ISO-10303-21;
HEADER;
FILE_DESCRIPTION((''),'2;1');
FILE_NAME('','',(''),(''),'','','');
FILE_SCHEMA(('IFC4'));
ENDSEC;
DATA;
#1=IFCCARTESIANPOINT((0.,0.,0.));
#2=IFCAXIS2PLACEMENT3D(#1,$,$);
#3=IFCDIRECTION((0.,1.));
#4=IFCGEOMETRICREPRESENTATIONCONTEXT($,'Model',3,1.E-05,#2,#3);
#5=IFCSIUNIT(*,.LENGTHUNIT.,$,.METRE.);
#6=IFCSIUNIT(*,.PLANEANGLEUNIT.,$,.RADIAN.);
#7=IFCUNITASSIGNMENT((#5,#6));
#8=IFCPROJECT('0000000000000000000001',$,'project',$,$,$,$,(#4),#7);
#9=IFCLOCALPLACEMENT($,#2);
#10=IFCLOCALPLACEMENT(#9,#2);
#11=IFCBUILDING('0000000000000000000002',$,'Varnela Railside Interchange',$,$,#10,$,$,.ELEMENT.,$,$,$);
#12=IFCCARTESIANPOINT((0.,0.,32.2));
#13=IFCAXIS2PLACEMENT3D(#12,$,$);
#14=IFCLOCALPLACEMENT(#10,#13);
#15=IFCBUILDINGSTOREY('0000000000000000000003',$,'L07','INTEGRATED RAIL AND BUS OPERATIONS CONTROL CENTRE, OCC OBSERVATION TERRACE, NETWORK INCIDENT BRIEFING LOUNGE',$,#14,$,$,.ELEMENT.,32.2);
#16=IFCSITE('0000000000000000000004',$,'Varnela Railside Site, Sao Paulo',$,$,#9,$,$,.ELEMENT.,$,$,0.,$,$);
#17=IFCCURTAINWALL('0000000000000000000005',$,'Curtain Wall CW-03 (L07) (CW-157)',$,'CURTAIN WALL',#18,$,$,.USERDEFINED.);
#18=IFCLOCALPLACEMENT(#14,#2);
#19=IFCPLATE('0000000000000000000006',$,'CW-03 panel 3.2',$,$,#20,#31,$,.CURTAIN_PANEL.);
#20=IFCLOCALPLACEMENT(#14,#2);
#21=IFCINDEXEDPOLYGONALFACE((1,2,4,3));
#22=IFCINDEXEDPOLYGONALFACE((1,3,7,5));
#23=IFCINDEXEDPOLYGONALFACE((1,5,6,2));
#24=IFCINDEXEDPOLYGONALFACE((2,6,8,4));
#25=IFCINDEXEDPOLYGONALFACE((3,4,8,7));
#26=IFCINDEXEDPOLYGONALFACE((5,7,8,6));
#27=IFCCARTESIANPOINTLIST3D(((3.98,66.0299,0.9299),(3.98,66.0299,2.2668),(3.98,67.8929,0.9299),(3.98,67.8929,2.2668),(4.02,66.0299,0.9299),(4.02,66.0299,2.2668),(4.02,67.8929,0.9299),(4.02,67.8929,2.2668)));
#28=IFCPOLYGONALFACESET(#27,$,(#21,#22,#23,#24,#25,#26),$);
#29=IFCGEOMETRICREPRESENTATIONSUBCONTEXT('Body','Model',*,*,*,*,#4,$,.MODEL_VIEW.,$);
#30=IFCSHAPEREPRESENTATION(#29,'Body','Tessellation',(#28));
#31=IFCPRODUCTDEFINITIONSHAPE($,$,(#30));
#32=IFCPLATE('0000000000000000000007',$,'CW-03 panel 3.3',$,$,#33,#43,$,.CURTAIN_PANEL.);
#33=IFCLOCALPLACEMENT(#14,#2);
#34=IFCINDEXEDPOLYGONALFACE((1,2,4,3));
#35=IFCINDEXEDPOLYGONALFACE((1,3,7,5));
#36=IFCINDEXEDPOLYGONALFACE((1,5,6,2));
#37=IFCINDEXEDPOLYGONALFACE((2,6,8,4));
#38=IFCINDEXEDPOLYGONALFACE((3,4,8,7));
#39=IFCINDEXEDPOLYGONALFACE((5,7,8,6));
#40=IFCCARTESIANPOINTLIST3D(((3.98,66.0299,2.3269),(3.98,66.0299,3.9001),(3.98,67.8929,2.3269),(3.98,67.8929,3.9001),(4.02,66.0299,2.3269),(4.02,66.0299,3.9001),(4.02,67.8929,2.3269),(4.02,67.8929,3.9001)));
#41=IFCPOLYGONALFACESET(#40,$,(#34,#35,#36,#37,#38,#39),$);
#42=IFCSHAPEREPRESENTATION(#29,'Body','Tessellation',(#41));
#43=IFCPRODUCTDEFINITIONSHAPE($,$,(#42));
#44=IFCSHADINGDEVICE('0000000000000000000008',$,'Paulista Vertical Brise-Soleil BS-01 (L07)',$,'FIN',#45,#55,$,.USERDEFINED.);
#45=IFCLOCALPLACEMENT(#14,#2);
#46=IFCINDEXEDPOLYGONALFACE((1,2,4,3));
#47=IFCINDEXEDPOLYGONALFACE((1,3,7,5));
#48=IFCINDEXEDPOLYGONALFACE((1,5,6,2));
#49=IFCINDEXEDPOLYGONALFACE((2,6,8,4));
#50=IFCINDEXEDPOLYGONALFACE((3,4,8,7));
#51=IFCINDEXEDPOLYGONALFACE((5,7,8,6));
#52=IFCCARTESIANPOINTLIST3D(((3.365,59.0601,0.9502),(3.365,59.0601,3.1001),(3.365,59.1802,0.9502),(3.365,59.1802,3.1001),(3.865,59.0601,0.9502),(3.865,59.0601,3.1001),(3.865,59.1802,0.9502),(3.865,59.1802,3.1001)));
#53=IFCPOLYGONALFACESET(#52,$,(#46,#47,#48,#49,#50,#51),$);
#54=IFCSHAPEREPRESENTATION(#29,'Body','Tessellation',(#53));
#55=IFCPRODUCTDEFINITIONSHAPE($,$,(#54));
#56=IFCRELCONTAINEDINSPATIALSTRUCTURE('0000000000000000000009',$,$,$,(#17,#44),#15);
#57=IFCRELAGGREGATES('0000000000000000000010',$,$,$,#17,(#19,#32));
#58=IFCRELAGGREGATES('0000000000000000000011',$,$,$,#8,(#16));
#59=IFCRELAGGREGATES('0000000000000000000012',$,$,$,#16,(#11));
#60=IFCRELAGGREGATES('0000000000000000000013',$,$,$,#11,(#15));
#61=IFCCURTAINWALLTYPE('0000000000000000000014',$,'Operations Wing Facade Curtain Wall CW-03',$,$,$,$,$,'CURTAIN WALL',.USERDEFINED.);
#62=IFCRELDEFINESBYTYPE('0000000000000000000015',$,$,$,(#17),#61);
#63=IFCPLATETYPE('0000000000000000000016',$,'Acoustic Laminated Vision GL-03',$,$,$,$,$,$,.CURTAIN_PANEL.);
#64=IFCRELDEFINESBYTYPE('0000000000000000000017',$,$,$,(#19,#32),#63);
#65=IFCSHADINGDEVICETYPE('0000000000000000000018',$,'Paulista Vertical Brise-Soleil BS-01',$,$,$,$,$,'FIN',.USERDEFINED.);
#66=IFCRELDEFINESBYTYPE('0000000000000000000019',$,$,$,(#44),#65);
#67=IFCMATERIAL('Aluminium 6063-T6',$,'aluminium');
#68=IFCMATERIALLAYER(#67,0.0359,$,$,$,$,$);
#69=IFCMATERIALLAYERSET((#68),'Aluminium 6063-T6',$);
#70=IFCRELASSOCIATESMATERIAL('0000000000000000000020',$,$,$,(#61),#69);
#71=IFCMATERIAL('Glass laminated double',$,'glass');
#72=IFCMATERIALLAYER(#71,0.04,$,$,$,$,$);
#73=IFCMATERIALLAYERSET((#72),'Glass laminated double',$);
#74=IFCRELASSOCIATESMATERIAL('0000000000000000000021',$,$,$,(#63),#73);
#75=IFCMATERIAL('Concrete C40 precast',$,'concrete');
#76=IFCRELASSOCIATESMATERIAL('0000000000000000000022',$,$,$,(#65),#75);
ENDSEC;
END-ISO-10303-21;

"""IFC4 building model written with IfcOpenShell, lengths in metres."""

from ifc_helpers import new_model, si_unit, direction, frame, origin, origin_2d, place, context, subcontext, project, spatial, rectangle, extrude, material, layer, layer_set, type_object, element, aggregate, save


model = new_model("IFC4")

# Units and contexts
model_context = context("Model", 3, precision=1e-05, world=origin(), true_north=direction((0.0, 1.0)))
body_context = subcontext(model_context, "Body", "Model", "MODEL_VIEW")
ifc_project = project(units=[si_unit("LENGTHUNIT", "METRE"), si_unit("PLANEANGLEUNIT", "RADIAN")], contexts=[model_context])

# Site, building, storey
site_placement = place(None, origin())
site = spatial("IfcSite", under=ifc_project, at=site_placement, Name="Varnela Railside Site, Sao Paulo", CompositionType="ELEMENT", RefElevation=0.0)
building_placement = place(site_placement, origin())
building = spatial("IfcBuilding", under=site, at=building_placement, Name="Varnela Railside Interchange", CompositionType="ELEMENT")
storey_placement = place(building_placement, frame((0.0, 0.0, 32.2)))
storey = spatial("IfcBuildingStorey", under=building, at=storey_placement, Name="L07", Description="INTEGRATED RAIL AND BUS OPERATIONS CONTROL CENTRE, OCC OBSERVATION TERRACE, NETWORK INCIDENT BRIEFING LOUNGE", CompositionType="ELEMENT", Elevation=32.2)

# Curtain wall
ifc_material_1 = material(Name="Aluminium 6063-T6", Category="aluminium")
ifc_layer_1 = layer(ifc_material_1, 0.0359)
ifc_layer_set_1 = layer_set([ifc_layer_1], Name="Aluminium 6063-T6")
curtain_wall_type = type_object("IfcCurtainWallType", Name="Operations Wing Facade Curtain Wall CW-03", ElementType="CURTAIN WALL", PredefinedType="USERDEFINED", material=ifc_layer_set_1)
curtain_wall_placement = place(storey_placement, origin())
curtain_wall = element("IfcCurtainWall", 1, at=curtain_wall_placement, inside=storey, type_object=curtain_wall_type, Name="Curtain Wall CW-03 (L07) (CW-157)", ObjectType="CURTAIN WALL", PredefinedType="USERDEFINED")

# Plates
ifc_material_2 = material(Name="Glass laminated double", Category="glass")
ifc_layer_2 = layer(ifc_material_2, 0.04)
ifc_layer_set_2 = layer_set([ifc_layer_2], Name="Glass laminated double")
plate_type = type_object("IfcPlateType", Name="Acoustic Laminated Vision GL-03", PredefinedType="CURTAIN_PANEL", material=ifc_layer_set_2)
plate_1_placement = place(storey_placement, frame((4.0, 66.9614, 0.9299), z_axis=(0.0, 0.0, 1.0), x_axis=(0.0, 1.0, 0.0)))
plate_1 = element("IfcPlate", 2, at=plate_1_placement, type_object=plate_type, Name="CW-03 panel 3.2", PredefinedType="CURTAIN_PANEL", context=body_context, shape_type="SweptSolid", body=[
    extrude(rectangle(XDim=1.863, YDim=0.04, at=origin_2d()), origin(), (0.0, 0.0, 1.0), 1.3369),
])
plate_2_placement = place(storey_placement, frame((4.0, 66.9614, 2.3269), z_axis=(0.0, 0.0, 1.0), x_axis=(0.0, 1.0, 0.0)))
plate_2 = element("IfcPlate", 3, at=plate_2_placement, type_object=plate_type, Name="CW-03 panel 3.3", PredefinedType="CURTAIN_PANEL", context=body_context, shape_type="SweptSolid", body=[
    extrude(rectangle(XDim=1.863, YDim=0.04, at=origin_2d()), origin(), (0.0, 0.0, 1.0), 1.5732),
])
aggregate(curtain_wall, [plate_1, plate_2])

# Shading device
ifc_material_3 = material(Name="Concrete C40 precast", Category="concrete")
shading_device_type = type_object("IfcShadingDeviceType", Name="Paulista Vertical Brise-Soleil BS-01", ElementType="FIN", PredefinedType="USERDEFINED", material=ifc_material_3)
shading_device_placement = place(storey_placement, frame((3.615, 59.1201, 0.9502), z_axis=(0.0, 0.0, 1.0), x_axis=(-1.0, 0.0, 0.0)))
element("IfcShadingDevice", 4, at=shading_device_placement, inside=storey, type_object=shading_device_type, Name="Paulista Vertical Brise-Soleil BS-01 (L07)", ObjectType="FIN", PredefinedType="USERDEFINED", context=body_context, shape_type="SweptSolid", body=[
    extrude(rectangle(XDim=0.5, YDim=0.1201, at=origin_2d()), origin(), (0.0, 0.0, 1.0), 2.1499),
])

save(model, "model.ifc")
